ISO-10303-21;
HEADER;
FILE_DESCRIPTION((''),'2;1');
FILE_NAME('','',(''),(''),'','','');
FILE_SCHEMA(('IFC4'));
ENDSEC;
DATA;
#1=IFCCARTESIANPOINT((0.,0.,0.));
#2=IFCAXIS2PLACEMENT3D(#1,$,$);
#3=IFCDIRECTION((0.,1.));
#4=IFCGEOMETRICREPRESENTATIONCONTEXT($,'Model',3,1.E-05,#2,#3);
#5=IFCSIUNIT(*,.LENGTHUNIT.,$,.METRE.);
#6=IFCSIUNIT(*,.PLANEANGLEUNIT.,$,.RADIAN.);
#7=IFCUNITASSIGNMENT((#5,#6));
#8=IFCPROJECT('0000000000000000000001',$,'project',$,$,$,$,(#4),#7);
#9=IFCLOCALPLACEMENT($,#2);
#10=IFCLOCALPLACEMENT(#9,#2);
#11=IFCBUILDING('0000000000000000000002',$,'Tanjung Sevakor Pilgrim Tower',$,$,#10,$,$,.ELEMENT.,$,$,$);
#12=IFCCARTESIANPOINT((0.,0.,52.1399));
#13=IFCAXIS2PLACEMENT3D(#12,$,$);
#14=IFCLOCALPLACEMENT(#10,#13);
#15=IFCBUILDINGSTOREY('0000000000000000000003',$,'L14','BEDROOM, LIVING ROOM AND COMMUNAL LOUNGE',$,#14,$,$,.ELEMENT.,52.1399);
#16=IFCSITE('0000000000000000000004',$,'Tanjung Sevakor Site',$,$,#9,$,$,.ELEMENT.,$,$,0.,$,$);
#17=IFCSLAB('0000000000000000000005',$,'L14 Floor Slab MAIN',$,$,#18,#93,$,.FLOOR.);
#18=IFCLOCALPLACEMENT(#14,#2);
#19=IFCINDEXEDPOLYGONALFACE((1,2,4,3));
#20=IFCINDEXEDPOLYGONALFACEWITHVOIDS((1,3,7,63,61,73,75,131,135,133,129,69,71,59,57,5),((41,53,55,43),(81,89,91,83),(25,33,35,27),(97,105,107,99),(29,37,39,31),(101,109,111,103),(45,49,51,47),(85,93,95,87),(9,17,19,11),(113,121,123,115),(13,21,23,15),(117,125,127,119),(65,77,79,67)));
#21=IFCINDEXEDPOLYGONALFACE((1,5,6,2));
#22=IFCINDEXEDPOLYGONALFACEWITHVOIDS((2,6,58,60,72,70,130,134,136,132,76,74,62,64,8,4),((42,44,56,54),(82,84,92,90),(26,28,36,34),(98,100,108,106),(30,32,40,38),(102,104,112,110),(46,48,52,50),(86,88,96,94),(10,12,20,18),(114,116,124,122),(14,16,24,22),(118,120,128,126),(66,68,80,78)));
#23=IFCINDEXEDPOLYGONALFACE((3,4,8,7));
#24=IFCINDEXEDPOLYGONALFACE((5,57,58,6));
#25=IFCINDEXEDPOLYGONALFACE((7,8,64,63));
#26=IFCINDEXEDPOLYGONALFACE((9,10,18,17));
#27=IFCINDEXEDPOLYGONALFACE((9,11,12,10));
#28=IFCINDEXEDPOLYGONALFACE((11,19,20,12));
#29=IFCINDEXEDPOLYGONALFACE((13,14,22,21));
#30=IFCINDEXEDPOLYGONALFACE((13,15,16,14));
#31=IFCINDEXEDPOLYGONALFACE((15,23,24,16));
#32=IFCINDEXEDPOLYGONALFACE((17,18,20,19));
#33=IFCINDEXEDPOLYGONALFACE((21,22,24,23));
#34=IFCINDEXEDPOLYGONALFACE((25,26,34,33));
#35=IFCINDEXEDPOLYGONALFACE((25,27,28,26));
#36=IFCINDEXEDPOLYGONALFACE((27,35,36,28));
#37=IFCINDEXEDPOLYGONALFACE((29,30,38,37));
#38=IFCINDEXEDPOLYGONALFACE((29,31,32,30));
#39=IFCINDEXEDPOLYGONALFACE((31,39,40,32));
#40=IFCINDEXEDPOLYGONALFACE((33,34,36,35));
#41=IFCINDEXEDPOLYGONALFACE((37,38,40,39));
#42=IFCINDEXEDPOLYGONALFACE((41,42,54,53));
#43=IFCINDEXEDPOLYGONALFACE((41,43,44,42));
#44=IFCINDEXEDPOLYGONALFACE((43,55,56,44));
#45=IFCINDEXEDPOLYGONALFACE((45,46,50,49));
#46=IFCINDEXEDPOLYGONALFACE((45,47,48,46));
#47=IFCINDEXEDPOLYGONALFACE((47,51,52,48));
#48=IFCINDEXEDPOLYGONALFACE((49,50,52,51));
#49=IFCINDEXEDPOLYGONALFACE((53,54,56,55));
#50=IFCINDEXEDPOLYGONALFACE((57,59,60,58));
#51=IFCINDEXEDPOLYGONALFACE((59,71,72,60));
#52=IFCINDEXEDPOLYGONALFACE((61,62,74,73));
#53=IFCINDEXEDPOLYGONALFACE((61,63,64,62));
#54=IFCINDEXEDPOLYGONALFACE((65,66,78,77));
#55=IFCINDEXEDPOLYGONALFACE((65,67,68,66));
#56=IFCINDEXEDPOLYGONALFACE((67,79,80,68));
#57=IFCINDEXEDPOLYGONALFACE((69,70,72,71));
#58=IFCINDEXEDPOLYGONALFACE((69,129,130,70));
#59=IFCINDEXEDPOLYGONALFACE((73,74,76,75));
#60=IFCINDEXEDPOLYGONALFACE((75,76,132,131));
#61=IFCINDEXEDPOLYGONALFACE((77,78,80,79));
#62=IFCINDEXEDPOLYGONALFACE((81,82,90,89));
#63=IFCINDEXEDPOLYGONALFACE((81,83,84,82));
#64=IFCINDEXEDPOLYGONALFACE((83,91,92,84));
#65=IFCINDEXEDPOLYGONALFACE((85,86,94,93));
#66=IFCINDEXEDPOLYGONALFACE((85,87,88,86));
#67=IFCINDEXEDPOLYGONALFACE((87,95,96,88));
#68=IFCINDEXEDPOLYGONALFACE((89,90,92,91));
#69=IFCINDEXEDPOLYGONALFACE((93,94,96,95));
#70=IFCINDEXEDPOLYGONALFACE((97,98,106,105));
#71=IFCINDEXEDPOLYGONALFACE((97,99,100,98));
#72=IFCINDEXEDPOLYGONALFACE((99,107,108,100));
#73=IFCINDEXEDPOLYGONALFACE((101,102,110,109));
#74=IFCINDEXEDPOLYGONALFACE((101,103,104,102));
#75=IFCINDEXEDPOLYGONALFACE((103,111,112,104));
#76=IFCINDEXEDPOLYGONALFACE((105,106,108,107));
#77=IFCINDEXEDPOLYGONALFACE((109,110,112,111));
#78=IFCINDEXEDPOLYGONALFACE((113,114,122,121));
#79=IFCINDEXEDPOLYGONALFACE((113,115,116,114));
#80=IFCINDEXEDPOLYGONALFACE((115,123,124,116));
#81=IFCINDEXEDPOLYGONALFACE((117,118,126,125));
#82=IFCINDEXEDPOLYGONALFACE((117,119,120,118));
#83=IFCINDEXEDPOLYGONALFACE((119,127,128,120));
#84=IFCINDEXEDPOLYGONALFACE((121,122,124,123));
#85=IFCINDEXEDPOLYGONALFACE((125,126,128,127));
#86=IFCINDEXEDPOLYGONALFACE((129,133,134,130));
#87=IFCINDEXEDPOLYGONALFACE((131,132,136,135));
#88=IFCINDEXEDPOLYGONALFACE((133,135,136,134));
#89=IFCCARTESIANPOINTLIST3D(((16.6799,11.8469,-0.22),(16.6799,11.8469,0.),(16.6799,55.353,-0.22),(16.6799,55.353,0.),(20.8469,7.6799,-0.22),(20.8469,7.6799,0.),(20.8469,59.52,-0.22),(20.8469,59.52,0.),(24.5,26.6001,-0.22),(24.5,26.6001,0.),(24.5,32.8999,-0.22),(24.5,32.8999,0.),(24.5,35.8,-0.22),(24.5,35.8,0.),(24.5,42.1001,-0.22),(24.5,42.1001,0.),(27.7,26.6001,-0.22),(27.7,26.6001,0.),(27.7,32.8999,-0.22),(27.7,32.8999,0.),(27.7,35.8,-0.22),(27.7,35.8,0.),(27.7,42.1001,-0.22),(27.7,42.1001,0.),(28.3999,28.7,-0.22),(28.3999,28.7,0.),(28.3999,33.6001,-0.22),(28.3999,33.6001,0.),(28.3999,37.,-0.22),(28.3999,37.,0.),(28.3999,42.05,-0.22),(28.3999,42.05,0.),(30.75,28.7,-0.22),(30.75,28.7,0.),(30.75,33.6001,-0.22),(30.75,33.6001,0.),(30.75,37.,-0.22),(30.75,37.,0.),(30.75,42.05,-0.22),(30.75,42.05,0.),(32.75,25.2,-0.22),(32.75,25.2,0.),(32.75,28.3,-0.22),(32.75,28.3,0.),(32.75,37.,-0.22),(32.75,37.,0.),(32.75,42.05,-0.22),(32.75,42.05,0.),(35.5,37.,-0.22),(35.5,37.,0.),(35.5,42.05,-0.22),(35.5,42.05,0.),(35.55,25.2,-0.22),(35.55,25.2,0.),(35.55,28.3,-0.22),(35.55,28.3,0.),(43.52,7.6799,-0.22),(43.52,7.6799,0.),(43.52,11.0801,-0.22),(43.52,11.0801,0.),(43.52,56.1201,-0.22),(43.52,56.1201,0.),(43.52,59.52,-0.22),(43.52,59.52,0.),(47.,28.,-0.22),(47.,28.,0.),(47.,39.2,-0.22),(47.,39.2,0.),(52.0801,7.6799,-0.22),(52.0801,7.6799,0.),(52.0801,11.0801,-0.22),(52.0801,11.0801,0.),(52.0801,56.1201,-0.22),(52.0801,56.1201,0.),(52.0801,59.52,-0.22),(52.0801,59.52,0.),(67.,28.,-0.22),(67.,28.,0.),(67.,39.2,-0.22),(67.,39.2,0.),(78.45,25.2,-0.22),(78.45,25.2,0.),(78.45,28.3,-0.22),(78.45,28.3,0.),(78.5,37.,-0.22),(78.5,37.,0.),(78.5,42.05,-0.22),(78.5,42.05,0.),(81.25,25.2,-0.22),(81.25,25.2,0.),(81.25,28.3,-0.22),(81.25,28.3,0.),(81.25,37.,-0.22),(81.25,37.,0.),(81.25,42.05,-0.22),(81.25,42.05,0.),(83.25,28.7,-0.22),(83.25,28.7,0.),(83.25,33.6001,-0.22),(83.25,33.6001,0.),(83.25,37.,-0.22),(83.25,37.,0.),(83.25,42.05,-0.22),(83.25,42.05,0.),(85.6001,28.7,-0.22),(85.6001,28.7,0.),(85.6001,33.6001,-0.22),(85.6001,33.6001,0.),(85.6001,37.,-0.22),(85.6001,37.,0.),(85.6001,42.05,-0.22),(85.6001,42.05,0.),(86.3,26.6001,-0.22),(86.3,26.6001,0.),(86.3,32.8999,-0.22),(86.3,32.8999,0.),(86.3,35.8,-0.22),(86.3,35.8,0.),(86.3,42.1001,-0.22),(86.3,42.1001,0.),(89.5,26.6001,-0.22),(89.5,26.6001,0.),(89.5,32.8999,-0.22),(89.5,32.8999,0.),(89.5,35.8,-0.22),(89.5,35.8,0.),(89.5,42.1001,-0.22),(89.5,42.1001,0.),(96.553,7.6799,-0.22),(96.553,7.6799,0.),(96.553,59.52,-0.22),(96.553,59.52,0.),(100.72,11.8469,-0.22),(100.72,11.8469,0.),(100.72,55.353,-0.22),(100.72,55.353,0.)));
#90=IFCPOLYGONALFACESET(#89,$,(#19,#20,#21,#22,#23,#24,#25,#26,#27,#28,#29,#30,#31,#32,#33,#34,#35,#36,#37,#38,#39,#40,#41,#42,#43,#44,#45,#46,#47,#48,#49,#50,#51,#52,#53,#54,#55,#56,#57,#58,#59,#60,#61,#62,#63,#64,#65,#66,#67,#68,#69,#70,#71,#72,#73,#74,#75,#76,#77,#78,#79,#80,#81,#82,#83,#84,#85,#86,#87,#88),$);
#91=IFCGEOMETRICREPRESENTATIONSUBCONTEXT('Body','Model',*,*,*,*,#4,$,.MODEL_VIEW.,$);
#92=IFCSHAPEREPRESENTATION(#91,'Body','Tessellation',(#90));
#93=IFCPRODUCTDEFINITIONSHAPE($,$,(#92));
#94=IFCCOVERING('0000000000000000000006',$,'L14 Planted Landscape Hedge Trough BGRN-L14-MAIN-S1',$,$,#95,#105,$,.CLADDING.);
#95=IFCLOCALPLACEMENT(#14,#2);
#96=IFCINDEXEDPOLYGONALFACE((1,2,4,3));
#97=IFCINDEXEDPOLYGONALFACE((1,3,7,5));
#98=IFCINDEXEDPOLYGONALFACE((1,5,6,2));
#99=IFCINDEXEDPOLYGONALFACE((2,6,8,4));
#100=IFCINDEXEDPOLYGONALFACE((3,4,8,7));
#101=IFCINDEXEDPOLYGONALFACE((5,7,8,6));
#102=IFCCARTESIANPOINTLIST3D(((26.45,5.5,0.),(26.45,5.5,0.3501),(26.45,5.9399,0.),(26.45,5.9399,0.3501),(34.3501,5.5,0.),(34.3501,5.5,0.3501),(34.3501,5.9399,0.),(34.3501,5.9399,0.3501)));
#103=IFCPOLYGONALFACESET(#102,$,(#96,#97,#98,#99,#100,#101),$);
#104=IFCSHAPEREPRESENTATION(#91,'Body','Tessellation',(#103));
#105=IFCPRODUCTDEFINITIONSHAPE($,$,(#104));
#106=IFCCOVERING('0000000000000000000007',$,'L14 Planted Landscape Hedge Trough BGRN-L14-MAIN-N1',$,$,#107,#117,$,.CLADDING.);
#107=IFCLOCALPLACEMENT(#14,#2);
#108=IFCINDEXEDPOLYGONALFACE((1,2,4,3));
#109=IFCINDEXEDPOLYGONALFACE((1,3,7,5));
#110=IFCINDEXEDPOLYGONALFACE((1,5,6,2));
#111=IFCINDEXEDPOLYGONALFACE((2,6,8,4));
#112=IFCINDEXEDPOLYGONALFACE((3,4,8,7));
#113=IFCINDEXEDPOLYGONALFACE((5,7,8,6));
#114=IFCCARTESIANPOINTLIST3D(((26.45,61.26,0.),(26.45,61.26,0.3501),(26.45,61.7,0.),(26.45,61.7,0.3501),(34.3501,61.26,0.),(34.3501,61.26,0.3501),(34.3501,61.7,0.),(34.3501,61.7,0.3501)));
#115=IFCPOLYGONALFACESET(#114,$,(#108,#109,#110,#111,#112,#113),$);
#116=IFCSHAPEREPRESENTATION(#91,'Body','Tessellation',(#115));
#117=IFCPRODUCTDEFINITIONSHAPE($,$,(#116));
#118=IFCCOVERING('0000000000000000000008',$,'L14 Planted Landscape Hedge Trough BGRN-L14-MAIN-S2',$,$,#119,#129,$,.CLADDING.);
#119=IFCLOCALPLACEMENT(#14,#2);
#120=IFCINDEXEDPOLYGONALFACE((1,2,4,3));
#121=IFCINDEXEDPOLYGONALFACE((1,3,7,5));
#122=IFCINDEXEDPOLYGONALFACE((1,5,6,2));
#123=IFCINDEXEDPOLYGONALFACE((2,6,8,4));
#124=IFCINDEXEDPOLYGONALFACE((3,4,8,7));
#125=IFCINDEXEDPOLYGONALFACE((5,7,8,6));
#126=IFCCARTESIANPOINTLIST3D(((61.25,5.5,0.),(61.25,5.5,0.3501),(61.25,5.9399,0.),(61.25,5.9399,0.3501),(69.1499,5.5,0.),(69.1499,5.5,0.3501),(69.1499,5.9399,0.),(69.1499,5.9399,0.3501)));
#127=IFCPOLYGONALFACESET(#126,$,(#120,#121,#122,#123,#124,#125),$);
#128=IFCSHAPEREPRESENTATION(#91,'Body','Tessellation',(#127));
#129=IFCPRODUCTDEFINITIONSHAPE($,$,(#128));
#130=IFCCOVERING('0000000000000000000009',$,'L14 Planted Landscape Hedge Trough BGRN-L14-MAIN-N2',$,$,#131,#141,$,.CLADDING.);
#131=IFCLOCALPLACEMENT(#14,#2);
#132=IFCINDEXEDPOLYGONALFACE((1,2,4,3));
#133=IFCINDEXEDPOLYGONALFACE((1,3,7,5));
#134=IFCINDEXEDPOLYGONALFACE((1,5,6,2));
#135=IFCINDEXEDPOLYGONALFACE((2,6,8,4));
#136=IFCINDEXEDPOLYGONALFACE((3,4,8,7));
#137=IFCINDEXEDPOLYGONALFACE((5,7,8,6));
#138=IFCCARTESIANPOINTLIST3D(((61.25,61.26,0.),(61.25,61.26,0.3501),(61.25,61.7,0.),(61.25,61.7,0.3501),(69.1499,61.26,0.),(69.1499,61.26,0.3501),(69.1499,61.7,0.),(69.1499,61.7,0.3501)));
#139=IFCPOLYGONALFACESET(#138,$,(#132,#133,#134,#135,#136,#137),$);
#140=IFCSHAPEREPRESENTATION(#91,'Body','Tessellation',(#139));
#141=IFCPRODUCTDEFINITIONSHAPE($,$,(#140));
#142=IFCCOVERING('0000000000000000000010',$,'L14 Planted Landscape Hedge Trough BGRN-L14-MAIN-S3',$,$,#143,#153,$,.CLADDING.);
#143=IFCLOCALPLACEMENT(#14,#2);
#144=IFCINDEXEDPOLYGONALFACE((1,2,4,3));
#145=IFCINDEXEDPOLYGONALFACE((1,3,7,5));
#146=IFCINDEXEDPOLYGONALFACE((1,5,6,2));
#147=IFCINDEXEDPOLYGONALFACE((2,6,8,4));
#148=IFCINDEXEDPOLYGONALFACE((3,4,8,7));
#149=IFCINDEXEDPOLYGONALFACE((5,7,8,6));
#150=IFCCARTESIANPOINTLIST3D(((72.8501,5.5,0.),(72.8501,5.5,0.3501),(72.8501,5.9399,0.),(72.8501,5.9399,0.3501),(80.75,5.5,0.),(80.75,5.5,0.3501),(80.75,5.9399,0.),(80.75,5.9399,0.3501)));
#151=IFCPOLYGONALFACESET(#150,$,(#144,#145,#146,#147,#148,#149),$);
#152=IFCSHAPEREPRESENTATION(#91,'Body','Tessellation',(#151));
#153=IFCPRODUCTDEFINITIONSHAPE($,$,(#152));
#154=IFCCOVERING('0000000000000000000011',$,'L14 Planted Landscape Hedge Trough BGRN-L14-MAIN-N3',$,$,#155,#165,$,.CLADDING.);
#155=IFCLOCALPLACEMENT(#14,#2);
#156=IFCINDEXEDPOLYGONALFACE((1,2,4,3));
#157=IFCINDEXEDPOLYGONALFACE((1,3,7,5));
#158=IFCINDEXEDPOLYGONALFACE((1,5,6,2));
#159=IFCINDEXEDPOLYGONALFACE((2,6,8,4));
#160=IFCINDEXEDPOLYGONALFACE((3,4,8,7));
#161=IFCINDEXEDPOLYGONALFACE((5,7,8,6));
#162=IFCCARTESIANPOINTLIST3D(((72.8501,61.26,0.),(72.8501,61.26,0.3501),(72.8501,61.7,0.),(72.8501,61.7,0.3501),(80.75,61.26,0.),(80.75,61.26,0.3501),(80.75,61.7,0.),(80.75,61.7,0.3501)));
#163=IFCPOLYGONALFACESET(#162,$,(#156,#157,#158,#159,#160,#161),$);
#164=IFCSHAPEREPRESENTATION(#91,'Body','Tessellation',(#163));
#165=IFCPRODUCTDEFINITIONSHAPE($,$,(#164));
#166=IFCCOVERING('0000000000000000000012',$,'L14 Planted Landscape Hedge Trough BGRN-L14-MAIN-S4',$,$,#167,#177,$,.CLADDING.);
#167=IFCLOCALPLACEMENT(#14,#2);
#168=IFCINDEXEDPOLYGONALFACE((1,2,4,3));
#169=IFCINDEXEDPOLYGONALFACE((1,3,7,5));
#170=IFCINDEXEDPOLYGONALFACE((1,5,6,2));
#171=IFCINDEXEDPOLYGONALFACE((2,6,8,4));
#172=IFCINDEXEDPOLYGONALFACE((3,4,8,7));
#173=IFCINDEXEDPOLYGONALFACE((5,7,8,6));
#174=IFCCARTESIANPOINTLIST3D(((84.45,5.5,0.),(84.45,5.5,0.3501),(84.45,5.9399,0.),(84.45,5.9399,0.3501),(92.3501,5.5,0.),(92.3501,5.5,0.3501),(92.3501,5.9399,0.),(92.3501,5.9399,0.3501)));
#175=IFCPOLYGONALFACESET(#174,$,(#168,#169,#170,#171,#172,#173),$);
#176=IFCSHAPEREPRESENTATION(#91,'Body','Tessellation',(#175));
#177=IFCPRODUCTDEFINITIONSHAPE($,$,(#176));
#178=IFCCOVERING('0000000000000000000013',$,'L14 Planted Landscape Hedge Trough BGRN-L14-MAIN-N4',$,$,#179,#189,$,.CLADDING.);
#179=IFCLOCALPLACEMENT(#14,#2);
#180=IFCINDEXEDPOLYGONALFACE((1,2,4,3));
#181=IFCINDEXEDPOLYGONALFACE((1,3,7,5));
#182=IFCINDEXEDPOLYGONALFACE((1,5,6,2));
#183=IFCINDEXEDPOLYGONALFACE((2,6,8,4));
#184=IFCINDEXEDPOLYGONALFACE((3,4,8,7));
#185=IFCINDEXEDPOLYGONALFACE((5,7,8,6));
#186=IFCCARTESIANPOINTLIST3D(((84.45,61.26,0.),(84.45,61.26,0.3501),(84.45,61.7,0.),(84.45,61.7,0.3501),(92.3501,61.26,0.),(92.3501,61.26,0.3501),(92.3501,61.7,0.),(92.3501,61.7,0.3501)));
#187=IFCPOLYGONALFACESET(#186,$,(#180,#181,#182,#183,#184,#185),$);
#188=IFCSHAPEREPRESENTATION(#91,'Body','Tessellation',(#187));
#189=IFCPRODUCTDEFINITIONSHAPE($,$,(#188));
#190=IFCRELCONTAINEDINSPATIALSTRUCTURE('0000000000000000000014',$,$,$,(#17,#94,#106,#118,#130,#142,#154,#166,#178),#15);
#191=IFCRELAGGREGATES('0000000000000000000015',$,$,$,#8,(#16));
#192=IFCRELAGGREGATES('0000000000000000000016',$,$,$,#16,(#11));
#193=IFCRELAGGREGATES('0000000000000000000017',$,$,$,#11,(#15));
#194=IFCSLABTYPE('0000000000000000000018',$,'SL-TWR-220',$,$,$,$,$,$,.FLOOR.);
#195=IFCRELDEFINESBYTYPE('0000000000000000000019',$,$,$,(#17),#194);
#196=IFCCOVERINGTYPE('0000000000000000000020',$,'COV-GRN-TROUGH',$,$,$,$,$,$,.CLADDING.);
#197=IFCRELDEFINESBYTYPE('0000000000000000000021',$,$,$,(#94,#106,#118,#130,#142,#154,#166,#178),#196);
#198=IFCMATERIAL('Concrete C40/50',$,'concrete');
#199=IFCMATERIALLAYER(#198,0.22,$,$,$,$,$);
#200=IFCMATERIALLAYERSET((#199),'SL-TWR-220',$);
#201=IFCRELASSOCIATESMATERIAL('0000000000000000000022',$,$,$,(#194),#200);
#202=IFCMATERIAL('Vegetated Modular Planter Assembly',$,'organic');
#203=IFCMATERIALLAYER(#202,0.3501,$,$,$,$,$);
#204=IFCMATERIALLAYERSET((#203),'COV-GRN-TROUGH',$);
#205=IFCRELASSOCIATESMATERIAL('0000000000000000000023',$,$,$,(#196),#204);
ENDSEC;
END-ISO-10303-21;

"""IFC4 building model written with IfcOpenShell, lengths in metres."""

from ifc_helpers import new_model, si_unit, direction, frame, origin, place, context, subcontext, project, spatial, polyline, outline, extrude, material, layer, layer_set, type_object, element, save


model = new_model("IFC4")

# Units and contexts
model_context = context("Model", 3, precision=1e-05, world=origin(), true_north=direction((0.0, 1.0)))
body_context = subcontext(model_context, "Body", "Model", "MODEL_VIEW")
ifc_project = project(units=[si_unit("LENGTHUNIT", "METRE"), si_unit("PLANEANGLEUNIT", "RADIAN")], contexts=[model_context])

# Site, building, storey
site_placement = place(None, origin())
site = spatial("IfcSite", under=ifc_project, at=site_placement, Name="Tanjung Sevakor Site", CompositionType="ELEMENT", RefElevation=0.0)
building_placement = place(site_placement, origin())
building = spatial("IfcBuilding", under=site, at=building_placement, Name="Tanjung Sevakor Pilgrim Tower", CompositionType="ELEMENT")
storey_placement = place(building_placement, frame((0.0, 0.0, 52.1399)))
storey = spatial("IfcBuildingStorey", under=building, at=storey_placement, Name="L14", Description="BEDROOM, LIVING ROOM AND COMMUNAL LOUNGE", CompositionType="ELEMENT", Elevation=52.1399)

# Slab
ifc_material_1 = material(Name="Concrete C40/50", Category="concrete")
ifc_layer_1 = layer(ifc_material_1, 0.22)
ifc_layer_set_1 = layer_set([ifc_layer_1], Name="SL-TWR-220")
slab_type_1 = type_object("IfcSlabType", Name="SL-TWR-220", PredefinedType="FLOOR", material=ifc_layer_set_1)
slab_1_placement = place(storey_placement, frame((0.0, 0.0, -0.22)))
element("IfcSlab", 1, at=slab_1_placement, inside=storey, type_object=slab_type_1, Name="L14 Floor Slab MAIN", PredefinedType="FLOOR", context=body_context, shape_type="SweptSolid", body=[
    extrude(outline(polyline([(20.8469, 7.6799), (43.52, 7.6799), (43.52, 11.0801), (52.0801, 11.0801), (52.0801, 7.6799), (96.553, 7.6799), (100.72, 11.8469), (100.72, 55.353), (96.553, 59.52), (52.0801, 59.52), (52.0801, 56.1201), (43.52, 56.1201), (43.52, 59.52), (20.8469, 59.52), (16.6799, 55.353), (16.6799, 11.8469), (20.8469, 7.6799)]), holes=[polyline([(27.7, 26.6001), (27.7, 32.8999), (24.5, 32.8999), (24.5, 26.6001), (27.7, 26.6001)]), polyline([(27.7, 35.8), (27.7, 42.1001), (24.5, 42.1001), (24.5, 35.8), (27.7, 35.8)]), polyline([(89.5, 26.6001), (89.5, 32.8999), (86.3, 32.8999), (86.3, 26.6001), (89.5, 26.6001)]), polyline([(89.5, 35.8), (89.5, 42.1001), (86.3, 42.1001), (86.3, 35.8), (89.5, 35.8)]), polyline([(32.75, 25.2), (35.55, 25.2), (35.55, 28.3), (32.75, 28.3), (32.75, 25.2)]), polyline([(28.3999, 28.7), (30.75, 28.7), (30.75, 33.6001), (28.3999, 33.6001), (28.3999, 28.7)]), polyline([(28.3999, 37.0), (30.75, 37.0), (30.75, 42.05), (28.3999, 42.05), (28.3999, 37.0)]), polyline([(32.75, 37.0), (35.5, 37.0), (35.5, 42.05), (32.75, 42.05), (32.75, 37.0)]), polyline([(78.45, 25.2), (81.25, 25.2), (81.25, 28.3), (78.45, 28.3), (78.45, 25.2)]), polyline([(83.25, 28.7), (85.6001, 28.7), (85.6001, 33.6001), (83.25, 33.6001), (83.25, 28.7)]), polyline([(83.25, 37.0), (85.6001, 37.0), (85.6001, 42.05), (83.25, 42.05), (83.25, 37.0)]), polyline([(78.5, 37.0), (81.25, 37.0), (81.25, 42.05), (78.5, 42.05), (78.5, 37.0)]), polyline([(47.0, 28.0), (67.0, 28.0), (67.0, 39.2), (47.0, 39.2), (47.0, 28.0)])]), origin(), (0.0, 0.0, 1.0), 0.22),
])

# Coverings
ifc_material_2 = material(Name="Vegetated Modular Planter Assembly", Category="organic")
ifc_layer_2 = layer(ifc_material_2, 0.3501)
ifc_layer_set_2 = layer_set([ifc_layer_2], Name="COV-GRN-TROUGH")
covering_type = type_object("IfcCoveringType", Name="COV-GRN-TROUGH", PredefinedType="CLADDING", material=ifc_layer_set_2)
covering_1_placement = place(storey_placement, origin())
element("IfcCovering", 2, at=covering_1_placement, inside=storey, type_object=covering_type, Name="L14 Planted Landscape Hedge Trough BGRN-L14-MAIN-S1", PredefinedType="CLADDING", context=body_context, shape_type="SweptSolid", body=[
    extrude(outline(polyline([(26.45, 5.5), (34.3501, 5.5), (34.3501, 5.9399), (26.45, 5.9399), (26.45, 5.5)])), origin(), (0.0, 0.0, 1.0), 0.3501),
])
covering_2_placement = place(storey_placement, origin())
element("IfcCovering", 3, at=covering_2_placement, inside=storey, type_object=covering_type, Name="L14 Planted Landscape Hedge Trough BGRN-L14-MAIN-N1", PredefinedType="CLADDING", context=body_context, shape_type="SweptSolid", body=[
    extrude(outline(polyline([(26.45, 61.26), (34.3501, 61.26), (34.3501, 61.7), (26.45, 61.7), (26.45, 61.26)])), origin(), (0.0, 0.0, 1.0), 0.3501),
])
covering_3_placement = place(storey_placement, origin())
element("IfcCovering", 4, at=covering_3_placement, inside=storey, type_object=covering_type, Name="L14 Planted Landscape Hedge Trough BGRN-L14-MAIN-S2", PredefinedType="CLADDING", context=body_context, shape_type="SweptSolid", body=[
    extrude(outline(polyline([(61.25, 5.5), (69.1499, 5.5), (69.1499, 5.9399), (61.25, 5.9399), (61.25, 5.5)])), origin(), (0.0, 0.0, 1.0), 0.3501),
])
covering_4_placement = place(storey_placement, origin())
element("IfcCovering", 5, at=covering_4_placement, inside=storey, type_object=covering_type, Name="L14 Planted Landscape Hedge Trough BGRN-L14-MAIN-N2", PredefinedType="CLADDING", context=body_context, shape_type="SweptSolid", body=[
    extrude(outline(polyline([(61.25, 61.26), (69.1499, 61.26), (69.1499, 61.7), (61.25, 61.7), (61.25, 61.26)])), origin(), (0.0, 0.0, 1.0), 0.3501),
])
covering_5_placement = place(storey_placement, origin())
element("IfcCovering", 6, at=covering_5_placement, inside=storey, type_object=covering_type, Name="L14 Planted Landscape Hedge Trough BGRN-L14-MAIN-S3", PredefinedType="CLADDING", context=body_context, shape_type="SweptSolid", body=[
    extrude(outline(polyline([(72.8501, 5.5), (80.75, 5.5), (80.75, 5.9399), (72.8501, 5.9399), (72.8501, 5.5)])), origin(), (0.0, 0.0, 1.0), 0.3501),
])
covering_6_placement = place(storey_placement, origin())
element("IfcCovering", 7, at=covering_6_placement, inside=storey, type_object=covering_type, Name="L14 Planted Landscape Hedge Trough BGRN-L14-MAIN-N3", PredefinedType="CLADDING", context=body_context, shape_type="SweptSolid", body=[
    extrude(outline(polyline([(72.8501, 61.26), (80.75, 61.26), (80.75, 61.7), (72.8501, 61.7), (72.8501, 61.26)])), origin(), (0.0, 0.0, 1.0), 0.3501),
])
covering_7_placement = place(storey_placement, origin())
element("IfcCovering", 8, at=covering_7_placement, inside=storey, type_object=covering_type, Name="L14 Planted Landscape Hedge Trough BGRN-L14-MAIN-S4", PredefinedType="CLADDING", context=body_context, shape_type="SweptSolid", body=[
    extrude(outline(polyline([(84.45, 5.5), (92.3501, 5.5), (92.3501, 5.9399), (84.45, 5.9399), (84.45, 5.5)])), origin(), (0.0, 0.0, 1.0), 0.3501),
])
covering_8_placement = place(storey_placement, origin())
element("IfcCovering", 9, at=covering_8_placement, inside=storey, type_object=covering_type, Name="L14 Planted Landscape Hedge Trough BGRN-L14-MAIN-N4", PredefinedType="CLADDING", context=body_context, shape_type="SweptSolid", body=[
    extrude(outline(polyline([(84.45, 61.26), (92.3501, 61.26), (92.3501, 61.7), (84.45, 61.7), (84.45, 61.26)])), origin(), (0.0, 0.0, 1.0), 0.3501),
])

save(model, "model.ifc")
